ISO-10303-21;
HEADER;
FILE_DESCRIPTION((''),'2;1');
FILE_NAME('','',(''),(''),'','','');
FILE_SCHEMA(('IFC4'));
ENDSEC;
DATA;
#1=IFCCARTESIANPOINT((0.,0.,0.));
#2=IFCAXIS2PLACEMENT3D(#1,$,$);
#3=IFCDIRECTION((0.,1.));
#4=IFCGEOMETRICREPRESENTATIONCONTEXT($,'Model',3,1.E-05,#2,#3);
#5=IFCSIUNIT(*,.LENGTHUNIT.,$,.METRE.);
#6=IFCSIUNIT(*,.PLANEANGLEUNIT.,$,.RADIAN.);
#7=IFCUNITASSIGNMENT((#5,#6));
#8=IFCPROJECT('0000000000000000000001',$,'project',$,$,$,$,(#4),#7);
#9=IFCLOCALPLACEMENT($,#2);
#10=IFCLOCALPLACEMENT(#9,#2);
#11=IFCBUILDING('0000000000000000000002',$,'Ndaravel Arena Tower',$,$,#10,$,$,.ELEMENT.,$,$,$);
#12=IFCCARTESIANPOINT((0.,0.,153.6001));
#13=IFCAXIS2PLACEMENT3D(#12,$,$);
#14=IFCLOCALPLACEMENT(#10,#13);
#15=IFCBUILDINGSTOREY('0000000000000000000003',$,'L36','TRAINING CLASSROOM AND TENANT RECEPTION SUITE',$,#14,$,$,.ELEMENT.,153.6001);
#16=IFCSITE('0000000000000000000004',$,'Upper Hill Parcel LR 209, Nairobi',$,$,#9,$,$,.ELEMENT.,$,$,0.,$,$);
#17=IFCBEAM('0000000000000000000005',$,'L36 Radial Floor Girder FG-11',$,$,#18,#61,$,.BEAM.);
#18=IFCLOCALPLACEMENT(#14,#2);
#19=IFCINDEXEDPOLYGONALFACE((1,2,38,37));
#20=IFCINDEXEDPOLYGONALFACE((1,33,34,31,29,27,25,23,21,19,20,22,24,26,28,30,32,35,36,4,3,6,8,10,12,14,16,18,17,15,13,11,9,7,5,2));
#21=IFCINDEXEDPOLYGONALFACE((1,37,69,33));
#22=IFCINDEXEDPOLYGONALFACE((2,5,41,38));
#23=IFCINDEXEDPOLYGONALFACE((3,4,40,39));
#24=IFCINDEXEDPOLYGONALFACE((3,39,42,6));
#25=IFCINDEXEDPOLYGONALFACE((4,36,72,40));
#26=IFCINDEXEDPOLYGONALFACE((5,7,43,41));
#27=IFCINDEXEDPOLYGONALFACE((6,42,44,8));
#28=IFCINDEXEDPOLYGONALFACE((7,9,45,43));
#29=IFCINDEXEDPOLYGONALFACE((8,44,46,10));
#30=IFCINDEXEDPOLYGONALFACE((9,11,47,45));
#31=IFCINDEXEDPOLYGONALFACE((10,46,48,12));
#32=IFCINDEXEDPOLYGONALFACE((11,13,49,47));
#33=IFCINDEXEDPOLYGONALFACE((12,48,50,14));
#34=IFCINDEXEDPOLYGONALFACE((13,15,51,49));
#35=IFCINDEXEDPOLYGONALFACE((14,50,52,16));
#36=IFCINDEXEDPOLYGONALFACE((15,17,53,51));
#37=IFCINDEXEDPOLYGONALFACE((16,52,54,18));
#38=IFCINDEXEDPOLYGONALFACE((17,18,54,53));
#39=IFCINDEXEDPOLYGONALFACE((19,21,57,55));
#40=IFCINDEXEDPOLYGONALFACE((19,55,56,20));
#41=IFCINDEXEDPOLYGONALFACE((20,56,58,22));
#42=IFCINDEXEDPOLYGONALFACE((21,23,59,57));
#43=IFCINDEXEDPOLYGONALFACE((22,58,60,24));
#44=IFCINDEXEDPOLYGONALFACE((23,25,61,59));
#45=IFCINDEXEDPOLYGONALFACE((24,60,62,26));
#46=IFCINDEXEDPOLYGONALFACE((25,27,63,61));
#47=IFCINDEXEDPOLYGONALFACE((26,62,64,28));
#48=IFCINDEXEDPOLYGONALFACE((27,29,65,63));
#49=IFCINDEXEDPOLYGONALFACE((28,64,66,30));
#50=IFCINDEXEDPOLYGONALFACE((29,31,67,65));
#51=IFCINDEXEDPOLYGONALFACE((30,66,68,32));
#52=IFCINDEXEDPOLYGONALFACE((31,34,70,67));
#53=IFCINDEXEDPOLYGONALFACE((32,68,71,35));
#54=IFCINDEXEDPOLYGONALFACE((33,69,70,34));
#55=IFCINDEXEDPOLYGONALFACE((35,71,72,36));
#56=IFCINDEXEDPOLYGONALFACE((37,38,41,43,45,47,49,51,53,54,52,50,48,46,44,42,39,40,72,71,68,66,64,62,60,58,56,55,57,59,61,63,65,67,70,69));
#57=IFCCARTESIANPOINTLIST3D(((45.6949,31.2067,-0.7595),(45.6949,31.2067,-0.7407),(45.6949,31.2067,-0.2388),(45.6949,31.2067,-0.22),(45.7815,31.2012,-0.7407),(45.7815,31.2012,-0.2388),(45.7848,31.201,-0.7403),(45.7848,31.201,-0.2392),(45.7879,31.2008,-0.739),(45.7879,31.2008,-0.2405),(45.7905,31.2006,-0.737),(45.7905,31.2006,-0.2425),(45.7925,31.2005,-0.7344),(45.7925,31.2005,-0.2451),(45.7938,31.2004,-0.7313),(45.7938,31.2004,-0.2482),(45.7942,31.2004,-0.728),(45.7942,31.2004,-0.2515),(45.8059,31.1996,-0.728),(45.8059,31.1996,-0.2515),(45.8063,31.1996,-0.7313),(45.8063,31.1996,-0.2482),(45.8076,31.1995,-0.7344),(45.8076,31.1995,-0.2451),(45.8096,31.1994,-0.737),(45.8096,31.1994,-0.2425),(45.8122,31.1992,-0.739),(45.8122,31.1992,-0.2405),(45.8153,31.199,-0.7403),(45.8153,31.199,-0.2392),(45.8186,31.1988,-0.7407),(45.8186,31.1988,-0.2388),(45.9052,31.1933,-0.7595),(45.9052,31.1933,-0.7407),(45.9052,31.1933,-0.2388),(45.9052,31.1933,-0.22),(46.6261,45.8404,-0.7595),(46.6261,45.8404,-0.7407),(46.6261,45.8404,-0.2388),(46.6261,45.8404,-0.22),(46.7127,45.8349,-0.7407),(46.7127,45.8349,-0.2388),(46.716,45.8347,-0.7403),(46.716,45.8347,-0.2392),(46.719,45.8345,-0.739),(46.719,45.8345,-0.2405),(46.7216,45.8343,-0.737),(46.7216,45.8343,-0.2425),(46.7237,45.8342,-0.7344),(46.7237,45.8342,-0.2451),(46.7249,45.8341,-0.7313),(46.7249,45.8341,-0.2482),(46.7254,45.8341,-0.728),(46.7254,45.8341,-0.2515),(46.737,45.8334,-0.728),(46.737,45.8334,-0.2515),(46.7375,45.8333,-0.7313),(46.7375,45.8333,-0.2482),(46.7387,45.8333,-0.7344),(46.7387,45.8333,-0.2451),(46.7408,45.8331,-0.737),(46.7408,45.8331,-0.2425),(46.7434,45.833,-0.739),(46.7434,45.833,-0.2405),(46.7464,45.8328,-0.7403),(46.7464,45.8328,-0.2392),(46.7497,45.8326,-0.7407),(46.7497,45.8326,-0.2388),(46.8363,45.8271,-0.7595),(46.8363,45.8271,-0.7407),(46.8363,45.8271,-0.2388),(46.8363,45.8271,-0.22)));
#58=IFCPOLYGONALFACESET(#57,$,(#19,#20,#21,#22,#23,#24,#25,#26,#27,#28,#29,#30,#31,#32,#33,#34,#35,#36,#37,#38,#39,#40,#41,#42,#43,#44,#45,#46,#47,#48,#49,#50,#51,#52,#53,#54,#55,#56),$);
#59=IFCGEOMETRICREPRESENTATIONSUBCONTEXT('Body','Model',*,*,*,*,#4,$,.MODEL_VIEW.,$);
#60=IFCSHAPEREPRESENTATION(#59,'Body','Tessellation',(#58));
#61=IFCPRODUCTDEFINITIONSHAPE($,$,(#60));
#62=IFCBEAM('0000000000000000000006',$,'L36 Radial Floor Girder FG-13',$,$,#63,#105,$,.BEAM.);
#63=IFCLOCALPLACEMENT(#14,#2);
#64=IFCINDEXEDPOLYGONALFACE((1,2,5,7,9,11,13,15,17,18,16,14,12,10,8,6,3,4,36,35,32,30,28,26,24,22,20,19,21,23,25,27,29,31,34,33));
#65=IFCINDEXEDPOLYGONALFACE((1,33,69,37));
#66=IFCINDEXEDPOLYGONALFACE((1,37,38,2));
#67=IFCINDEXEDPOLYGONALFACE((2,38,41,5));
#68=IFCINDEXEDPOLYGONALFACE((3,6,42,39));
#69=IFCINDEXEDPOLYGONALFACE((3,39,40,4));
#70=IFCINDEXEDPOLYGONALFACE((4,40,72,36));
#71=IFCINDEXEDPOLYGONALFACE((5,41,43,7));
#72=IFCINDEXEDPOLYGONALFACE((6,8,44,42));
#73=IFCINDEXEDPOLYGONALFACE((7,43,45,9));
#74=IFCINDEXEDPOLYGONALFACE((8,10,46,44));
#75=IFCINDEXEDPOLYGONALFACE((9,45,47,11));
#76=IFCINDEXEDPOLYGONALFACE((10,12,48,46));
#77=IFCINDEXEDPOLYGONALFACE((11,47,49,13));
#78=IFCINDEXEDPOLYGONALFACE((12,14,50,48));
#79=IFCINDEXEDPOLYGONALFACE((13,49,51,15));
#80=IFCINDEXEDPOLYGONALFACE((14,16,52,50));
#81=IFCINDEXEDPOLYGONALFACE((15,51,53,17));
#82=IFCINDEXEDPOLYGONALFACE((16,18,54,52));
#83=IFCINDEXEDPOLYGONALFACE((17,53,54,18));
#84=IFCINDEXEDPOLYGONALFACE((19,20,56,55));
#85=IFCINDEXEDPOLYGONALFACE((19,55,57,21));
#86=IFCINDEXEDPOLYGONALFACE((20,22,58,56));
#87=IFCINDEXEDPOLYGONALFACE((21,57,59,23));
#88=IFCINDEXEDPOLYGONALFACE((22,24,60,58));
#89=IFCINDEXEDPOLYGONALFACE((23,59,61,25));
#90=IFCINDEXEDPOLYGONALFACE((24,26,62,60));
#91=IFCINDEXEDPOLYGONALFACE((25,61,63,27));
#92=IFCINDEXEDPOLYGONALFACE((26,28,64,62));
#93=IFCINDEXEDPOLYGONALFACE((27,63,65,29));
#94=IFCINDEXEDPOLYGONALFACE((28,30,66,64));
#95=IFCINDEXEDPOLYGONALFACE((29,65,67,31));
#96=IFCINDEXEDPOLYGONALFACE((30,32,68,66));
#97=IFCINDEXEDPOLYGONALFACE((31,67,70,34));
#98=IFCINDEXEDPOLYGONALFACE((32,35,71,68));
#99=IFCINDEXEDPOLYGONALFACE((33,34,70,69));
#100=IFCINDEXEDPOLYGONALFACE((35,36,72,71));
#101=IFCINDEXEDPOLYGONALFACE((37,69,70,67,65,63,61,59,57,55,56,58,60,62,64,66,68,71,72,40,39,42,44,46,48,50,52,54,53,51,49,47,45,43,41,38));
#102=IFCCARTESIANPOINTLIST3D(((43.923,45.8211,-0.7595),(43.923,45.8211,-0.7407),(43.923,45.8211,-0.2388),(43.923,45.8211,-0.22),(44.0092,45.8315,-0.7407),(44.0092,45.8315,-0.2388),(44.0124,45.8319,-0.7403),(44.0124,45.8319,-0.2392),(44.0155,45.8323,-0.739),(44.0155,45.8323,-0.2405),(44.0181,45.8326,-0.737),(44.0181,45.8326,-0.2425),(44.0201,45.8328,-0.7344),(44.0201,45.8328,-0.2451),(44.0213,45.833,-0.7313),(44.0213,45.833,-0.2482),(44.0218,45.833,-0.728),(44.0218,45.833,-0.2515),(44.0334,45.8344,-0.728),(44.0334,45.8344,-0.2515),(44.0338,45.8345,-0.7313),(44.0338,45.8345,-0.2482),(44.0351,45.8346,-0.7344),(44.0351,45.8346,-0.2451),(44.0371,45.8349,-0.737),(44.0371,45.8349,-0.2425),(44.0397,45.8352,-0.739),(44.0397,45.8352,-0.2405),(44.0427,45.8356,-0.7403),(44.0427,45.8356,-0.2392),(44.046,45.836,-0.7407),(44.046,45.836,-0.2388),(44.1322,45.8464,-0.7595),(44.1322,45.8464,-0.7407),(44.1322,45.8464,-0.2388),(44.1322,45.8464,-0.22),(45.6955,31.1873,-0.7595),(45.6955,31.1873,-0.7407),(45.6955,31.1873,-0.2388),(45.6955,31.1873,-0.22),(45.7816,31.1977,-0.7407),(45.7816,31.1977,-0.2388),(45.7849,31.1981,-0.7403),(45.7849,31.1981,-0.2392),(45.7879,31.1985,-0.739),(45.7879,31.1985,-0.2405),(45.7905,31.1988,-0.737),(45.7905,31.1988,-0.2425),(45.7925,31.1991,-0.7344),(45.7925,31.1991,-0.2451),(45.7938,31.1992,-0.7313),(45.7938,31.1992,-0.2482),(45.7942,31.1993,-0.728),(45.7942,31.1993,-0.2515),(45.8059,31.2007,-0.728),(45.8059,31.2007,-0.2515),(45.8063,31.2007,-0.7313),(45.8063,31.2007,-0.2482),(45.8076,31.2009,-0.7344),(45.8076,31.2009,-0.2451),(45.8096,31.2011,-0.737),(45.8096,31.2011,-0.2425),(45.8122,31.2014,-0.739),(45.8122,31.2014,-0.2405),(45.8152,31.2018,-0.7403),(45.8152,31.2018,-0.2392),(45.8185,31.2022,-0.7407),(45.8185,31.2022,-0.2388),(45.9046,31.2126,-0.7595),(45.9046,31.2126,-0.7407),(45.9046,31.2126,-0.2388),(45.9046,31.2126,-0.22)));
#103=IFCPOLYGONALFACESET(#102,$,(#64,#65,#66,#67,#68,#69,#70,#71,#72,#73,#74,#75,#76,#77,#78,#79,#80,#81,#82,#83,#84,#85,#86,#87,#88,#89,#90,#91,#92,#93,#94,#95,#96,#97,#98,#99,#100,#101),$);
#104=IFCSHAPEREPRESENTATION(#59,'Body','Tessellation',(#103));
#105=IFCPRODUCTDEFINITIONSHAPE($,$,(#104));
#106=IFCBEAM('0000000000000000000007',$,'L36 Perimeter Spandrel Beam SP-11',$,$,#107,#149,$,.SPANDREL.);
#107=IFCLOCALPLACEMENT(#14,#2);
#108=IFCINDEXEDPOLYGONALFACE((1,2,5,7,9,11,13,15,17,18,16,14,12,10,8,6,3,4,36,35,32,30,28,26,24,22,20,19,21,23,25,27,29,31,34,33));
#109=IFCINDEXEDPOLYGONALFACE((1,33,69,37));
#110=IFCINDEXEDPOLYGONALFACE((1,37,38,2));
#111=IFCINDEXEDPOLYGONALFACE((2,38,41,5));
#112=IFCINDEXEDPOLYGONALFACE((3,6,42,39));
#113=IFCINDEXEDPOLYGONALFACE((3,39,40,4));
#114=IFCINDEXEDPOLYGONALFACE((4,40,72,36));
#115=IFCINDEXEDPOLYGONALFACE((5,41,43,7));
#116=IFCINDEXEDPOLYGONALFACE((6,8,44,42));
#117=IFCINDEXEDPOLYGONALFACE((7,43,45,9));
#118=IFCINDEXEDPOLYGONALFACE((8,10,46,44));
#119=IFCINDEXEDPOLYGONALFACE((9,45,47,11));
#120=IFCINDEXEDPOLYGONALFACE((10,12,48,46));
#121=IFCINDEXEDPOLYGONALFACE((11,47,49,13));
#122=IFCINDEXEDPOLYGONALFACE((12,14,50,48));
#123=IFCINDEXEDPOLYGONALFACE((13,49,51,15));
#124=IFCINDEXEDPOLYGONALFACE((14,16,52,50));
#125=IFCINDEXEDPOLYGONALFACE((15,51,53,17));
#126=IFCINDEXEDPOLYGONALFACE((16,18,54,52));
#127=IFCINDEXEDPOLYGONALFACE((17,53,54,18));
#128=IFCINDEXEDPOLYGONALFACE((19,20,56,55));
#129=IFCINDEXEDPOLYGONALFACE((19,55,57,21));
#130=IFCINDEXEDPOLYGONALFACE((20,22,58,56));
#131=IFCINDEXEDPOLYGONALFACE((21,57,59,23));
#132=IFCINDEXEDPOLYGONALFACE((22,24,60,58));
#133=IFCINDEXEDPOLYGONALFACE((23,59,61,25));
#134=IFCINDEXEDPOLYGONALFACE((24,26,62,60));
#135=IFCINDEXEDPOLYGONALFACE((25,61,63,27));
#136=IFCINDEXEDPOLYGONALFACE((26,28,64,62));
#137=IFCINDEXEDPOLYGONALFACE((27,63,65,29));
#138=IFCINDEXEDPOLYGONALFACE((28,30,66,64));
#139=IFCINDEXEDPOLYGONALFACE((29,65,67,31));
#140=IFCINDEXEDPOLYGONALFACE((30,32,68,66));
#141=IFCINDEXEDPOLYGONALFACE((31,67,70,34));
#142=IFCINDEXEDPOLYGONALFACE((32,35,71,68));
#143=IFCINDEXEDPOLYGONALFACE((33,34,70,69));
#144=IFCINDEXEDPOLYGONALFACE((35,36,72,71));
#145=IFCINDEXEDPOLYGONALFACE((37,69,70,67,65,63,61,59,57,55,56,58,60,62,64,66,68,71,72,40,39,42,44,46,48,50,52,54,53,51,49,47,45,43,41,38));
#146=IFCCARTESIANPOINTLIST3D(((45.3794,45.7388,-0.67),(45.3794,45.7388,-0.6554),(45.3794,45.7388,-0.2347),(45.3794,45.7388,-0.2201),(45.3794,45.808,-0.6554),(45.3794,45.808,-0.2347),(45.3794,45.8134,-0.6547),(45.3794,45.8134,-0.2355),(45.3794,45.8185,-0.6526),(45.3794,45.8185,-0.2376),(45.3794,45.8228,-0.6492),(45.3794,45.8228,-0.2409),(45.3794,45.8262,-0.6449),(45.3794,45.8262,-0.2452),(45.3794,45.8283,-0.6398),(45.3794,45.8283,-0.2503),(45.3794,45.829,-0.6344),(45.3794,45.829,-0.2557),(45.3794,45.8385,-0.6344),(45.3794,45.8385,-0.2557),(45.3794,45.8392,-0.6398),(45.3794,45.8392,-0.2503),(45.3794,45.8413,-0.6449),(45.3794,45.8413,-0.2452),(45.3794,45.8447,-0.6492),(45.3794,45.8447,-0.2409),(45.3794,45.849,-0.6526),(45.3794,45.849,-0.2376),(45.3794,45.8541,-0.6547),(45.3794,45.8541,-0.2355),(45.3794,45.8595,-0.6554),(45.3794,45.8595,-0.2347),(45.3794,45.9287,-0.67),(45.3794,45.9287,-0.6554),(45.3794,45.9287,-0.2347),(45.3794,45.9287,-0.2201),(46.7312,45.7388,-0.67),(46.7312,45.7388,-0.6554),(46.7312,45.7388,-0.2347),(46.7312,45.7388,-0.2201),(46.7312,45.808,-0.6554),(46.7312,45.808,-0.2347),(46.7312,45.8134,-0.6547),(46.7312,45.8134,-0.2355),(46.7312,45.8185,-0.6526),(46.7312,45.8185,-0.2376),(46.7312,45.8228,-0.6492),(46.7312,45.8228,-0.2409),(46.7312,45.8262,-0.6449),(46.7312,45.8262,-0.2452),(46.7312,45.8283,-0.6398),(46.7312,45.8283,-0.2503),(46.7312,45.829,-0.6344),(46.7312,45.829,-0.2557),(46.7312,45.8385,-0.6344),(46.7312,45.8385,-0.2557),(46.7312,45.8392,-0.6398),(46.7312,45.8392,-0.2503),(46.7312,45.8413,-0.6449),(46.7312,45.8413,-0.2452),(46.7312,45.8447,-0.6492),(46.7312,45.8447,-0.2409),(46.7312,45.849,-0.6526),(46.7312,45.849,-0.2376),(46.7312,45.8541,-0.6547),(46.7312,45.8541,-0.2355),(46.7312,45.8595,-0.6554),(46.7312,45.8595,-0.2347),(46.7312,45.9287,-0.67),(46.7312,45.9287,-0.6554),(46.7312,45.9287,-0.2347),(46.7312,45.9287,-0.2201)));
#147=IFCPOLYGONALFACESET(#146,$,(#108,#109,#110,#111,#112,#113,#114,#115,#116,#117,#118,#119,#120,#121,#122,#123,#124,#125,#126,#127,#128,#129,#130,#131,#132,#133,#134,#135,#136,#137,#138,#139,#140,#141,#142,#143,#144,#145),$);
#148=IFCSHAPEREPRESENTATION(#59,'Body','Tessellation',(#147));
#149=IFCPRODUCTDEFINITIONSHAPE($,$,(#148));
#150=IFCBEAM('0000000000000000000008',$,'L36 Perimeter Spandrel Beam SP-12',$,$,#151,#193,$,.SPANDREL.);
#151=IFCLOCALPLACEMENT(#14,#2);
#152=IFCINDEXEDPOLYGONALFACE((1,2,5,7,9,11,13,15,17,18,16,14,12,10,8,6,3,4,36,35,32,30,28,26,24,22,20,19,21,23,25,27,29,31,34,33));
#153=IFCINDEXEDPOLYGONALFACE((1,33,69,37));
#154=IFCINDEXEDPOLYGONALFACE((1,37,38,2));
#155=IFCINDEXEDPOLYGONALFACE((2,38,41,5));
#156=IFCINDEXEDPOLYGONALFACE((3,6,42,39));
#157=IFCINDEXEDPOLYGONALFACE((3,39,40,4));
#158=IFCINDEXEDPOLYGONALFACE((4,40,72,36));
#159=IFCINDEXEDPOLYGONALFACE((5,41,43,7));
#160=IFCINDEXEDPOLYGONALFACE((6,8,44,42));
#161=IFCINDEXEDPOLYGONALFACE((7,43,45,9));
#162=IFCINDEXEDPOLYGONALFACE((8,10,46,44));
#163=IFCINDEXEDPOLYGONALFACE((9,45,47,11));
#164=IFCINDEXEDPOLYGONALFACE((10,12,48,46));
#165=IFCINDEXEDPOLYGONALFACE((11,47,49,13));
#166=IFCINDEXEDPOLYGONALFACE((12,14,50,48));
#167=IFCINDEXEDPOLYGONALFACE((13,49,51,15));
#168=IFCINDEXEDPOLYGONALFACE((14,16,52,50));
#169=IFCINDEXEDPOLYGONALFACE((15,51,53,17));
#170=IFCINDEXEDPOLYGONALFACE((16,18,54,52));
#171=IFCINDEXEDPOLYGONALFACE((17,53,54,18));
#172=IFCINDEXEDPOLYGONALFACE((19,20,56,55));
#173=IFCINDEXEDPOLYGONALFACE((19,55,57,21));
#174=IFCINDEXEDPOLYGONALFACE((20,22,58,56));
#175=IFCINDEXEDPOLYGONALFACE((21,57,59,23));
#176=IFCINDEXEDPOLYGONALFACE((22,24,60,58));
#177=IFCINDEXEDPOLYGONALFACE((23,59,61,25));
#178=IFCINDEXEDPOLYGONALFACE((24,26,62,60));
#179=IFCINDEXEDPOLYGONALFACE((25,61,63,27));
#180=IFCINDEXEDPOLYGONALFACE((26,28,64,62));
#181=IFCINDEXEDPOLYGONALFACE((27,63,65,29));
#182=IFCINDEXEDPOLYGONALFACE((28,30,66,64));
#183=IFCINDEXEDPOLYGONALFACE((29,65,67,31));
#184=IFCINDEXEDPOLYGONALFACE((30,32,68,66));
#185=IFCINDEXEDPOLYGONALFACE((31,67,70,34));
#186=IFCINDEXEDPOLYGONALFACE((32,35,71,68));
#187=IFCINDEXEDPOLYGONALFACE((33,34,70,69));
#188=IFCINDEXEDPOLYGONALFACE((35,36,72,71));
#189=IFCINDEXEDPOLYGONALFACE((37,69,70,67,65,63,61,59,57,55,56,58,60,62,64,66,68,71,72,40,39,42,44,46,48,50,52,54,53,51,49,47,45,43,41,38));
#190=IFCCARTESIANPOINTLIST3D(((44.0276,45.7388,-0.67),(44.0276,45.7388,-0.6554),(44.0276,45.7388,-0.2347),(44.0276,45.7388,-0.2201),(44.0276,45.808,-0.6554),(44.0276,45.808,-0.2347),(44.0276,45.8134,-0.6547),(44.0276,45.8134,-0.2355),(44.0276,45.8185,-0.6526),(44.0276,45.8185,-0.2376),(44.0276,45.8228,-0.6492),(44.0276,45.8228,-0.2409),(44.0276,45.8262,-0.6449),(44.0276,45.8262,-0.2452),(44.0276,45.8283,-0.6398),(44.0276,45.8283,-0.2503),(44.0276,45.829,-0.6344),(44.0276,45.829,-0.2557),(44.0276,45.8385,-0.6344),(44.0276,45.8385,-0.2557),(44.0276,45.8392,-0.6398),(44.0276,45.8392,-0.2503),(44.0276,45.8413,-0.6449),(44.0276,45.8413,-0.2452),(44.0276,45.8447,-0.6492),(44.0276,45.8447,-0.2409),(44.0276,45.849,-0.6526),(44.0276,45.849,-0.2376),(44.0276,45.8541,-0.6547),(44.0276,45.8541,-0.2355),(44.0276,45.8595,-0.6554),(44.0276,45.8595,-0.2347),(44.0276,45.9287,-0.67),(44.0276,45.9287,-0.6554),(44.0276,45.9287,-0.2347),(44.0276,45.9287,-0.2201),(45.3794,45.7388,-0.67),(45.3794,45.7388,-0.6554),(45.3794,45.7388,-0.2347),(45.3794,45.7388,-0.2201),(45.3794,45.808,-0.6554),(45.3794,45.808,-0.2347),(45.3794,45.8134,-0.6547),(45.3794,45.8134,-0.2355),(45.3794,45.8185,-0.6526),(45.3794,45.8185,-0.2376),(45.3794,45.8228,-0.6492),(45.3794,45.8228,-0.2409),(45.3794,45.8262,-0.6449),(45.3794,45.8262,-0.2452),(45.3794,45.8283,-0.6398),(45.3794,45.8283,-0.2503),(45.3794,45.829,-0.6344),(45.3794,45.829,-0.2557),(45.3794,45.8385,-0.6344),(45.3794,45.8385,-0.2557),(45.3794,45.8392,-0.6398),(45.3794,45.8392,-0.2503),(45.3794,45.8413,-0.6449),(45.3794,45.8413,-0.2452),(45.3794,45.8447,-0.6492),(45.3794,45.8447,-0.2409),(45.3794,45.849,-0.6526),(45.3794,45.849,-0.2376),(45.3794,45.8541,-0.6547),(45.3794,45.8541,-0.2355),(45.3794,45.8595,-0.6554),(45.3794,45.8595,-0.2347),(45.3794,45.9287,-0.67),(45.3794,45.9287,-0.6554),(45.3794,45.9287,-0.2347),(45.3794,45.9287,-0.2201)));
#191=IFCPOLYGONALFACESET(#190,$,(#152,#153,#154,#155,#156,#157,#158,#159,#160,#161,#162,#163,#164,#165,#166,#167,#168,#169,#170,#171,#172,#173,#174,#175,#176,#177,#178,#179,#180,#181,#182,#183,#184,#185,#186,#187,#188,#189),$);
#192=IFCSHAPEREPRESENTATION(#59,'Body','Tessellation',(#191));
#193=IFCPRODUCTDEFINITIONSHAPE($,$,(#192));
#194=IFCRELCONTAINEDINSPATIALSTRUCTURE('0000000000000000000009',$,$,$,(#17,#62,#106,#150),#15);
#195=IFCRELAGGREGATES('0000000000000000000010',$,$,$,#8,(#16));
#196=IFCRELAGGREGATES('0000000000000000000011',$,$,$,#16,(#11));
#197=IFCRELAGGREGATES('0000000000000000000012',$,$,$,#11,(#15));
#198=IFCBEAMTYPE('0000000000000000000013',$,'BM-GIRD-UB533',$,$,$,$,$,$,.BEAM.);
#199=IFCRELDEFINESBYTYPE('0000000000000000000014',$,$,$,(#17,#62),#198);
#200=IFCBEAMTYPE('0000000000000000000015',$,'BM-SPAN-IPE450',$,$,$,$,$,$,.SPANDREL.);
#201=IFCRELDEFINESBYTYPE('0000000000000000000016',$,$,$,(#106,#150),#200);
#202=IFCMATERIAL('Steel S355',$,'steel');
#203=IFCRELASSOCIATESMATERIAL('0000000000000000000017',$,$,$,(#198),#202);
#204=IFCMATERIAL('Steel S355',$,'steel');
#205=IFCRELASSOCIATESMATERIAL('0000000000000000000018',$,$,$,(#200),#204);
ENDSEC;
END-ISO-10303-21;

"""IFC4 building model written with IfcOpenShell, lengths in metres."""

from ifc_helpers import new_model, si_unit, direction, frame, origin, origin_2d, place, context, subcontext, project, spatial, i_section, extrude, material, material_profile, profile_set, type_object, element, save


model = new_model("IFC4")

# Units and contexts
model_context = context("Model", 3, precision=1e-05, world=origin(), true_north=direction((0.0, 1.0)))
body_context = subcontext(model_context, "Body", "Model", "MODEL_VIEW")
ifc_project = project(units=[si_unit("LENGTHUNIT", "METRE"), si_unit("PLANEANGLEUNIT", "RADIAN")], contexts=[model_context])

# Site, building, storey
site_placement = place(None, origin())
site = spatial("IfcSite", under=ifc_project, at=site_placement, Name="Upper Hill Parcel LR 209, Nairobi", CompositionType="ELEMENT", RefElevation=0.0)
building_placement = place(site_placement, origin())
building = spatial("IfcBuilding", under=site, at=building_placement, Name="Ndaravel Arena Tower", CompositionType="ELEMENT")
storey_placement = place(building_placement, frame((0.0, 0.0, 153.6001)))
storey = spatial("IfcBuildingStorey", under=building, at=storey_placement, Name="L36", Description="TRAINING CLASSROOM AND TENANT RECEPTION SUITE", CompositionType="ELEMENT", Elevation=153.6001)

# Beams
ifc_material_1 = material(Name="Steel S355", Category="steel")
ifc_material_profile_1 = material_profile(ifc_material_1, i_section(OverallWidth=0.2107, OverallDepth=0.5396, WebThickness=0.0117, FlangeThickness=0.0188, FilletRadius=0.0127, at=origin_2d()), Name="UB 533x210x109")
ifc_profile_set_1 = profile_set([ifc_material_profile_1], Name="Steel S355")
beam_type_1 = type_object("IfcBeamType", Name="BM-GIRD-UB533", PredefinedType="BEAM", material=ifc_profile_set_1)
beam_1_placement = place(storey_placement, frame((46.7312, 45.8337, -0.4897), z_axis=(-0.063502, -0.997982, 0.0), x_axis=(0.997982, -0.063502, 0.0)))
element("IfcBeam", 1, at=beam_1_placement, inside=storey, type_object=beam_type_1, Name="L36 Radial Floor Girder FG-11", PredefinedType="BEAM", context=body_context, shape_type="SweptSolid", body=[
    extrude(i_section(OverallWidth=0.2107, OverallDepth=0.5396, WebThickness=0.0117, FlangeThickness=0.0188, FilletRadius=0.0127, at=origin_2d()), origin(), (0.0, 0.0, 1.0), 14.6633),
])
beam_2_placement = place(storey_placement, frame((44.0276, 45.8337, -0.4897), z_axis=(0.120242, -0.992745, 0.0), x_axis=(0.992745, 0.120242, 0.0)))
element("IfcBeam", 2, at=beam_2_placement, inside=storey, type_object=beam_type_1, Name="L36 Radial Floor Girder FG-13", PredefinedType="BEAM", context=body_context, shape_type="SweptSolid", body=[
    extrude(i_section(OverallWidth=0.2107, OverallDepth=0.5396, WebThickness=0.0117, FlangeThickness=0.0188, FilletRadius=0.0127, at=origin_2d()), origin(), (0.0, 0.0, 1.0), 14.7407),
])
ifc_material_2 = material(Name="Steel S355", Category="steel")
ifc_material_profile_2 = material_profile(ifc_material_2, i_section(OverallWidth=0.1899, OverallDepth=0.45, WebThickness=0.0095, FlangeThickness=0.0146, FilletRadius=0.021, at=origin_2d()), Name="IPE 450")
ifc_profile_set_2 = profile_set([ifc_material_profile_2], Name="Steel S355")
beam_type_2 = type_object("IfcBeamType", Name="BM-SPAN-IPE450", PredefinedType="SPANDREL", material=ifc_profile_set_2)
for number, where, z_axis, x_axis, name in (
    (3, (46.7312, 45.8337, -0.4451), (-1.0, 0.0, 0.0), (0.0, -1.0, 0.0), "L36 Perimeter Spandrel Beam SP-11"),
    (4, (45.3794, 45.8337, -0.4451), (-1.0, 0.0, 0.0), (0.0, -1.0, 0.0), "L36 Perimeter Spandrel Beam SP-12"),
):
    element("IfcBeam", number, at=place(storey_placement, frame(where, z_axis=z_axis, x_axis=x_axis)), inside=storey, type_object=beam_type_2, Name=name, PredefinedType="SPANDREL", context=body_context, shape_type="SweptSolid", body=[
        extrude(i_section(OverallWidth=0.1899, OverallDepth=0.45, WebThickness=0.0095, FlangeThickness=0.0146, FilletRadius=0.021, at=origin_2d()), origin(), (0.0, 0.0, 1.0), 1.3518),
    ])

save(model, "model.ifc")
